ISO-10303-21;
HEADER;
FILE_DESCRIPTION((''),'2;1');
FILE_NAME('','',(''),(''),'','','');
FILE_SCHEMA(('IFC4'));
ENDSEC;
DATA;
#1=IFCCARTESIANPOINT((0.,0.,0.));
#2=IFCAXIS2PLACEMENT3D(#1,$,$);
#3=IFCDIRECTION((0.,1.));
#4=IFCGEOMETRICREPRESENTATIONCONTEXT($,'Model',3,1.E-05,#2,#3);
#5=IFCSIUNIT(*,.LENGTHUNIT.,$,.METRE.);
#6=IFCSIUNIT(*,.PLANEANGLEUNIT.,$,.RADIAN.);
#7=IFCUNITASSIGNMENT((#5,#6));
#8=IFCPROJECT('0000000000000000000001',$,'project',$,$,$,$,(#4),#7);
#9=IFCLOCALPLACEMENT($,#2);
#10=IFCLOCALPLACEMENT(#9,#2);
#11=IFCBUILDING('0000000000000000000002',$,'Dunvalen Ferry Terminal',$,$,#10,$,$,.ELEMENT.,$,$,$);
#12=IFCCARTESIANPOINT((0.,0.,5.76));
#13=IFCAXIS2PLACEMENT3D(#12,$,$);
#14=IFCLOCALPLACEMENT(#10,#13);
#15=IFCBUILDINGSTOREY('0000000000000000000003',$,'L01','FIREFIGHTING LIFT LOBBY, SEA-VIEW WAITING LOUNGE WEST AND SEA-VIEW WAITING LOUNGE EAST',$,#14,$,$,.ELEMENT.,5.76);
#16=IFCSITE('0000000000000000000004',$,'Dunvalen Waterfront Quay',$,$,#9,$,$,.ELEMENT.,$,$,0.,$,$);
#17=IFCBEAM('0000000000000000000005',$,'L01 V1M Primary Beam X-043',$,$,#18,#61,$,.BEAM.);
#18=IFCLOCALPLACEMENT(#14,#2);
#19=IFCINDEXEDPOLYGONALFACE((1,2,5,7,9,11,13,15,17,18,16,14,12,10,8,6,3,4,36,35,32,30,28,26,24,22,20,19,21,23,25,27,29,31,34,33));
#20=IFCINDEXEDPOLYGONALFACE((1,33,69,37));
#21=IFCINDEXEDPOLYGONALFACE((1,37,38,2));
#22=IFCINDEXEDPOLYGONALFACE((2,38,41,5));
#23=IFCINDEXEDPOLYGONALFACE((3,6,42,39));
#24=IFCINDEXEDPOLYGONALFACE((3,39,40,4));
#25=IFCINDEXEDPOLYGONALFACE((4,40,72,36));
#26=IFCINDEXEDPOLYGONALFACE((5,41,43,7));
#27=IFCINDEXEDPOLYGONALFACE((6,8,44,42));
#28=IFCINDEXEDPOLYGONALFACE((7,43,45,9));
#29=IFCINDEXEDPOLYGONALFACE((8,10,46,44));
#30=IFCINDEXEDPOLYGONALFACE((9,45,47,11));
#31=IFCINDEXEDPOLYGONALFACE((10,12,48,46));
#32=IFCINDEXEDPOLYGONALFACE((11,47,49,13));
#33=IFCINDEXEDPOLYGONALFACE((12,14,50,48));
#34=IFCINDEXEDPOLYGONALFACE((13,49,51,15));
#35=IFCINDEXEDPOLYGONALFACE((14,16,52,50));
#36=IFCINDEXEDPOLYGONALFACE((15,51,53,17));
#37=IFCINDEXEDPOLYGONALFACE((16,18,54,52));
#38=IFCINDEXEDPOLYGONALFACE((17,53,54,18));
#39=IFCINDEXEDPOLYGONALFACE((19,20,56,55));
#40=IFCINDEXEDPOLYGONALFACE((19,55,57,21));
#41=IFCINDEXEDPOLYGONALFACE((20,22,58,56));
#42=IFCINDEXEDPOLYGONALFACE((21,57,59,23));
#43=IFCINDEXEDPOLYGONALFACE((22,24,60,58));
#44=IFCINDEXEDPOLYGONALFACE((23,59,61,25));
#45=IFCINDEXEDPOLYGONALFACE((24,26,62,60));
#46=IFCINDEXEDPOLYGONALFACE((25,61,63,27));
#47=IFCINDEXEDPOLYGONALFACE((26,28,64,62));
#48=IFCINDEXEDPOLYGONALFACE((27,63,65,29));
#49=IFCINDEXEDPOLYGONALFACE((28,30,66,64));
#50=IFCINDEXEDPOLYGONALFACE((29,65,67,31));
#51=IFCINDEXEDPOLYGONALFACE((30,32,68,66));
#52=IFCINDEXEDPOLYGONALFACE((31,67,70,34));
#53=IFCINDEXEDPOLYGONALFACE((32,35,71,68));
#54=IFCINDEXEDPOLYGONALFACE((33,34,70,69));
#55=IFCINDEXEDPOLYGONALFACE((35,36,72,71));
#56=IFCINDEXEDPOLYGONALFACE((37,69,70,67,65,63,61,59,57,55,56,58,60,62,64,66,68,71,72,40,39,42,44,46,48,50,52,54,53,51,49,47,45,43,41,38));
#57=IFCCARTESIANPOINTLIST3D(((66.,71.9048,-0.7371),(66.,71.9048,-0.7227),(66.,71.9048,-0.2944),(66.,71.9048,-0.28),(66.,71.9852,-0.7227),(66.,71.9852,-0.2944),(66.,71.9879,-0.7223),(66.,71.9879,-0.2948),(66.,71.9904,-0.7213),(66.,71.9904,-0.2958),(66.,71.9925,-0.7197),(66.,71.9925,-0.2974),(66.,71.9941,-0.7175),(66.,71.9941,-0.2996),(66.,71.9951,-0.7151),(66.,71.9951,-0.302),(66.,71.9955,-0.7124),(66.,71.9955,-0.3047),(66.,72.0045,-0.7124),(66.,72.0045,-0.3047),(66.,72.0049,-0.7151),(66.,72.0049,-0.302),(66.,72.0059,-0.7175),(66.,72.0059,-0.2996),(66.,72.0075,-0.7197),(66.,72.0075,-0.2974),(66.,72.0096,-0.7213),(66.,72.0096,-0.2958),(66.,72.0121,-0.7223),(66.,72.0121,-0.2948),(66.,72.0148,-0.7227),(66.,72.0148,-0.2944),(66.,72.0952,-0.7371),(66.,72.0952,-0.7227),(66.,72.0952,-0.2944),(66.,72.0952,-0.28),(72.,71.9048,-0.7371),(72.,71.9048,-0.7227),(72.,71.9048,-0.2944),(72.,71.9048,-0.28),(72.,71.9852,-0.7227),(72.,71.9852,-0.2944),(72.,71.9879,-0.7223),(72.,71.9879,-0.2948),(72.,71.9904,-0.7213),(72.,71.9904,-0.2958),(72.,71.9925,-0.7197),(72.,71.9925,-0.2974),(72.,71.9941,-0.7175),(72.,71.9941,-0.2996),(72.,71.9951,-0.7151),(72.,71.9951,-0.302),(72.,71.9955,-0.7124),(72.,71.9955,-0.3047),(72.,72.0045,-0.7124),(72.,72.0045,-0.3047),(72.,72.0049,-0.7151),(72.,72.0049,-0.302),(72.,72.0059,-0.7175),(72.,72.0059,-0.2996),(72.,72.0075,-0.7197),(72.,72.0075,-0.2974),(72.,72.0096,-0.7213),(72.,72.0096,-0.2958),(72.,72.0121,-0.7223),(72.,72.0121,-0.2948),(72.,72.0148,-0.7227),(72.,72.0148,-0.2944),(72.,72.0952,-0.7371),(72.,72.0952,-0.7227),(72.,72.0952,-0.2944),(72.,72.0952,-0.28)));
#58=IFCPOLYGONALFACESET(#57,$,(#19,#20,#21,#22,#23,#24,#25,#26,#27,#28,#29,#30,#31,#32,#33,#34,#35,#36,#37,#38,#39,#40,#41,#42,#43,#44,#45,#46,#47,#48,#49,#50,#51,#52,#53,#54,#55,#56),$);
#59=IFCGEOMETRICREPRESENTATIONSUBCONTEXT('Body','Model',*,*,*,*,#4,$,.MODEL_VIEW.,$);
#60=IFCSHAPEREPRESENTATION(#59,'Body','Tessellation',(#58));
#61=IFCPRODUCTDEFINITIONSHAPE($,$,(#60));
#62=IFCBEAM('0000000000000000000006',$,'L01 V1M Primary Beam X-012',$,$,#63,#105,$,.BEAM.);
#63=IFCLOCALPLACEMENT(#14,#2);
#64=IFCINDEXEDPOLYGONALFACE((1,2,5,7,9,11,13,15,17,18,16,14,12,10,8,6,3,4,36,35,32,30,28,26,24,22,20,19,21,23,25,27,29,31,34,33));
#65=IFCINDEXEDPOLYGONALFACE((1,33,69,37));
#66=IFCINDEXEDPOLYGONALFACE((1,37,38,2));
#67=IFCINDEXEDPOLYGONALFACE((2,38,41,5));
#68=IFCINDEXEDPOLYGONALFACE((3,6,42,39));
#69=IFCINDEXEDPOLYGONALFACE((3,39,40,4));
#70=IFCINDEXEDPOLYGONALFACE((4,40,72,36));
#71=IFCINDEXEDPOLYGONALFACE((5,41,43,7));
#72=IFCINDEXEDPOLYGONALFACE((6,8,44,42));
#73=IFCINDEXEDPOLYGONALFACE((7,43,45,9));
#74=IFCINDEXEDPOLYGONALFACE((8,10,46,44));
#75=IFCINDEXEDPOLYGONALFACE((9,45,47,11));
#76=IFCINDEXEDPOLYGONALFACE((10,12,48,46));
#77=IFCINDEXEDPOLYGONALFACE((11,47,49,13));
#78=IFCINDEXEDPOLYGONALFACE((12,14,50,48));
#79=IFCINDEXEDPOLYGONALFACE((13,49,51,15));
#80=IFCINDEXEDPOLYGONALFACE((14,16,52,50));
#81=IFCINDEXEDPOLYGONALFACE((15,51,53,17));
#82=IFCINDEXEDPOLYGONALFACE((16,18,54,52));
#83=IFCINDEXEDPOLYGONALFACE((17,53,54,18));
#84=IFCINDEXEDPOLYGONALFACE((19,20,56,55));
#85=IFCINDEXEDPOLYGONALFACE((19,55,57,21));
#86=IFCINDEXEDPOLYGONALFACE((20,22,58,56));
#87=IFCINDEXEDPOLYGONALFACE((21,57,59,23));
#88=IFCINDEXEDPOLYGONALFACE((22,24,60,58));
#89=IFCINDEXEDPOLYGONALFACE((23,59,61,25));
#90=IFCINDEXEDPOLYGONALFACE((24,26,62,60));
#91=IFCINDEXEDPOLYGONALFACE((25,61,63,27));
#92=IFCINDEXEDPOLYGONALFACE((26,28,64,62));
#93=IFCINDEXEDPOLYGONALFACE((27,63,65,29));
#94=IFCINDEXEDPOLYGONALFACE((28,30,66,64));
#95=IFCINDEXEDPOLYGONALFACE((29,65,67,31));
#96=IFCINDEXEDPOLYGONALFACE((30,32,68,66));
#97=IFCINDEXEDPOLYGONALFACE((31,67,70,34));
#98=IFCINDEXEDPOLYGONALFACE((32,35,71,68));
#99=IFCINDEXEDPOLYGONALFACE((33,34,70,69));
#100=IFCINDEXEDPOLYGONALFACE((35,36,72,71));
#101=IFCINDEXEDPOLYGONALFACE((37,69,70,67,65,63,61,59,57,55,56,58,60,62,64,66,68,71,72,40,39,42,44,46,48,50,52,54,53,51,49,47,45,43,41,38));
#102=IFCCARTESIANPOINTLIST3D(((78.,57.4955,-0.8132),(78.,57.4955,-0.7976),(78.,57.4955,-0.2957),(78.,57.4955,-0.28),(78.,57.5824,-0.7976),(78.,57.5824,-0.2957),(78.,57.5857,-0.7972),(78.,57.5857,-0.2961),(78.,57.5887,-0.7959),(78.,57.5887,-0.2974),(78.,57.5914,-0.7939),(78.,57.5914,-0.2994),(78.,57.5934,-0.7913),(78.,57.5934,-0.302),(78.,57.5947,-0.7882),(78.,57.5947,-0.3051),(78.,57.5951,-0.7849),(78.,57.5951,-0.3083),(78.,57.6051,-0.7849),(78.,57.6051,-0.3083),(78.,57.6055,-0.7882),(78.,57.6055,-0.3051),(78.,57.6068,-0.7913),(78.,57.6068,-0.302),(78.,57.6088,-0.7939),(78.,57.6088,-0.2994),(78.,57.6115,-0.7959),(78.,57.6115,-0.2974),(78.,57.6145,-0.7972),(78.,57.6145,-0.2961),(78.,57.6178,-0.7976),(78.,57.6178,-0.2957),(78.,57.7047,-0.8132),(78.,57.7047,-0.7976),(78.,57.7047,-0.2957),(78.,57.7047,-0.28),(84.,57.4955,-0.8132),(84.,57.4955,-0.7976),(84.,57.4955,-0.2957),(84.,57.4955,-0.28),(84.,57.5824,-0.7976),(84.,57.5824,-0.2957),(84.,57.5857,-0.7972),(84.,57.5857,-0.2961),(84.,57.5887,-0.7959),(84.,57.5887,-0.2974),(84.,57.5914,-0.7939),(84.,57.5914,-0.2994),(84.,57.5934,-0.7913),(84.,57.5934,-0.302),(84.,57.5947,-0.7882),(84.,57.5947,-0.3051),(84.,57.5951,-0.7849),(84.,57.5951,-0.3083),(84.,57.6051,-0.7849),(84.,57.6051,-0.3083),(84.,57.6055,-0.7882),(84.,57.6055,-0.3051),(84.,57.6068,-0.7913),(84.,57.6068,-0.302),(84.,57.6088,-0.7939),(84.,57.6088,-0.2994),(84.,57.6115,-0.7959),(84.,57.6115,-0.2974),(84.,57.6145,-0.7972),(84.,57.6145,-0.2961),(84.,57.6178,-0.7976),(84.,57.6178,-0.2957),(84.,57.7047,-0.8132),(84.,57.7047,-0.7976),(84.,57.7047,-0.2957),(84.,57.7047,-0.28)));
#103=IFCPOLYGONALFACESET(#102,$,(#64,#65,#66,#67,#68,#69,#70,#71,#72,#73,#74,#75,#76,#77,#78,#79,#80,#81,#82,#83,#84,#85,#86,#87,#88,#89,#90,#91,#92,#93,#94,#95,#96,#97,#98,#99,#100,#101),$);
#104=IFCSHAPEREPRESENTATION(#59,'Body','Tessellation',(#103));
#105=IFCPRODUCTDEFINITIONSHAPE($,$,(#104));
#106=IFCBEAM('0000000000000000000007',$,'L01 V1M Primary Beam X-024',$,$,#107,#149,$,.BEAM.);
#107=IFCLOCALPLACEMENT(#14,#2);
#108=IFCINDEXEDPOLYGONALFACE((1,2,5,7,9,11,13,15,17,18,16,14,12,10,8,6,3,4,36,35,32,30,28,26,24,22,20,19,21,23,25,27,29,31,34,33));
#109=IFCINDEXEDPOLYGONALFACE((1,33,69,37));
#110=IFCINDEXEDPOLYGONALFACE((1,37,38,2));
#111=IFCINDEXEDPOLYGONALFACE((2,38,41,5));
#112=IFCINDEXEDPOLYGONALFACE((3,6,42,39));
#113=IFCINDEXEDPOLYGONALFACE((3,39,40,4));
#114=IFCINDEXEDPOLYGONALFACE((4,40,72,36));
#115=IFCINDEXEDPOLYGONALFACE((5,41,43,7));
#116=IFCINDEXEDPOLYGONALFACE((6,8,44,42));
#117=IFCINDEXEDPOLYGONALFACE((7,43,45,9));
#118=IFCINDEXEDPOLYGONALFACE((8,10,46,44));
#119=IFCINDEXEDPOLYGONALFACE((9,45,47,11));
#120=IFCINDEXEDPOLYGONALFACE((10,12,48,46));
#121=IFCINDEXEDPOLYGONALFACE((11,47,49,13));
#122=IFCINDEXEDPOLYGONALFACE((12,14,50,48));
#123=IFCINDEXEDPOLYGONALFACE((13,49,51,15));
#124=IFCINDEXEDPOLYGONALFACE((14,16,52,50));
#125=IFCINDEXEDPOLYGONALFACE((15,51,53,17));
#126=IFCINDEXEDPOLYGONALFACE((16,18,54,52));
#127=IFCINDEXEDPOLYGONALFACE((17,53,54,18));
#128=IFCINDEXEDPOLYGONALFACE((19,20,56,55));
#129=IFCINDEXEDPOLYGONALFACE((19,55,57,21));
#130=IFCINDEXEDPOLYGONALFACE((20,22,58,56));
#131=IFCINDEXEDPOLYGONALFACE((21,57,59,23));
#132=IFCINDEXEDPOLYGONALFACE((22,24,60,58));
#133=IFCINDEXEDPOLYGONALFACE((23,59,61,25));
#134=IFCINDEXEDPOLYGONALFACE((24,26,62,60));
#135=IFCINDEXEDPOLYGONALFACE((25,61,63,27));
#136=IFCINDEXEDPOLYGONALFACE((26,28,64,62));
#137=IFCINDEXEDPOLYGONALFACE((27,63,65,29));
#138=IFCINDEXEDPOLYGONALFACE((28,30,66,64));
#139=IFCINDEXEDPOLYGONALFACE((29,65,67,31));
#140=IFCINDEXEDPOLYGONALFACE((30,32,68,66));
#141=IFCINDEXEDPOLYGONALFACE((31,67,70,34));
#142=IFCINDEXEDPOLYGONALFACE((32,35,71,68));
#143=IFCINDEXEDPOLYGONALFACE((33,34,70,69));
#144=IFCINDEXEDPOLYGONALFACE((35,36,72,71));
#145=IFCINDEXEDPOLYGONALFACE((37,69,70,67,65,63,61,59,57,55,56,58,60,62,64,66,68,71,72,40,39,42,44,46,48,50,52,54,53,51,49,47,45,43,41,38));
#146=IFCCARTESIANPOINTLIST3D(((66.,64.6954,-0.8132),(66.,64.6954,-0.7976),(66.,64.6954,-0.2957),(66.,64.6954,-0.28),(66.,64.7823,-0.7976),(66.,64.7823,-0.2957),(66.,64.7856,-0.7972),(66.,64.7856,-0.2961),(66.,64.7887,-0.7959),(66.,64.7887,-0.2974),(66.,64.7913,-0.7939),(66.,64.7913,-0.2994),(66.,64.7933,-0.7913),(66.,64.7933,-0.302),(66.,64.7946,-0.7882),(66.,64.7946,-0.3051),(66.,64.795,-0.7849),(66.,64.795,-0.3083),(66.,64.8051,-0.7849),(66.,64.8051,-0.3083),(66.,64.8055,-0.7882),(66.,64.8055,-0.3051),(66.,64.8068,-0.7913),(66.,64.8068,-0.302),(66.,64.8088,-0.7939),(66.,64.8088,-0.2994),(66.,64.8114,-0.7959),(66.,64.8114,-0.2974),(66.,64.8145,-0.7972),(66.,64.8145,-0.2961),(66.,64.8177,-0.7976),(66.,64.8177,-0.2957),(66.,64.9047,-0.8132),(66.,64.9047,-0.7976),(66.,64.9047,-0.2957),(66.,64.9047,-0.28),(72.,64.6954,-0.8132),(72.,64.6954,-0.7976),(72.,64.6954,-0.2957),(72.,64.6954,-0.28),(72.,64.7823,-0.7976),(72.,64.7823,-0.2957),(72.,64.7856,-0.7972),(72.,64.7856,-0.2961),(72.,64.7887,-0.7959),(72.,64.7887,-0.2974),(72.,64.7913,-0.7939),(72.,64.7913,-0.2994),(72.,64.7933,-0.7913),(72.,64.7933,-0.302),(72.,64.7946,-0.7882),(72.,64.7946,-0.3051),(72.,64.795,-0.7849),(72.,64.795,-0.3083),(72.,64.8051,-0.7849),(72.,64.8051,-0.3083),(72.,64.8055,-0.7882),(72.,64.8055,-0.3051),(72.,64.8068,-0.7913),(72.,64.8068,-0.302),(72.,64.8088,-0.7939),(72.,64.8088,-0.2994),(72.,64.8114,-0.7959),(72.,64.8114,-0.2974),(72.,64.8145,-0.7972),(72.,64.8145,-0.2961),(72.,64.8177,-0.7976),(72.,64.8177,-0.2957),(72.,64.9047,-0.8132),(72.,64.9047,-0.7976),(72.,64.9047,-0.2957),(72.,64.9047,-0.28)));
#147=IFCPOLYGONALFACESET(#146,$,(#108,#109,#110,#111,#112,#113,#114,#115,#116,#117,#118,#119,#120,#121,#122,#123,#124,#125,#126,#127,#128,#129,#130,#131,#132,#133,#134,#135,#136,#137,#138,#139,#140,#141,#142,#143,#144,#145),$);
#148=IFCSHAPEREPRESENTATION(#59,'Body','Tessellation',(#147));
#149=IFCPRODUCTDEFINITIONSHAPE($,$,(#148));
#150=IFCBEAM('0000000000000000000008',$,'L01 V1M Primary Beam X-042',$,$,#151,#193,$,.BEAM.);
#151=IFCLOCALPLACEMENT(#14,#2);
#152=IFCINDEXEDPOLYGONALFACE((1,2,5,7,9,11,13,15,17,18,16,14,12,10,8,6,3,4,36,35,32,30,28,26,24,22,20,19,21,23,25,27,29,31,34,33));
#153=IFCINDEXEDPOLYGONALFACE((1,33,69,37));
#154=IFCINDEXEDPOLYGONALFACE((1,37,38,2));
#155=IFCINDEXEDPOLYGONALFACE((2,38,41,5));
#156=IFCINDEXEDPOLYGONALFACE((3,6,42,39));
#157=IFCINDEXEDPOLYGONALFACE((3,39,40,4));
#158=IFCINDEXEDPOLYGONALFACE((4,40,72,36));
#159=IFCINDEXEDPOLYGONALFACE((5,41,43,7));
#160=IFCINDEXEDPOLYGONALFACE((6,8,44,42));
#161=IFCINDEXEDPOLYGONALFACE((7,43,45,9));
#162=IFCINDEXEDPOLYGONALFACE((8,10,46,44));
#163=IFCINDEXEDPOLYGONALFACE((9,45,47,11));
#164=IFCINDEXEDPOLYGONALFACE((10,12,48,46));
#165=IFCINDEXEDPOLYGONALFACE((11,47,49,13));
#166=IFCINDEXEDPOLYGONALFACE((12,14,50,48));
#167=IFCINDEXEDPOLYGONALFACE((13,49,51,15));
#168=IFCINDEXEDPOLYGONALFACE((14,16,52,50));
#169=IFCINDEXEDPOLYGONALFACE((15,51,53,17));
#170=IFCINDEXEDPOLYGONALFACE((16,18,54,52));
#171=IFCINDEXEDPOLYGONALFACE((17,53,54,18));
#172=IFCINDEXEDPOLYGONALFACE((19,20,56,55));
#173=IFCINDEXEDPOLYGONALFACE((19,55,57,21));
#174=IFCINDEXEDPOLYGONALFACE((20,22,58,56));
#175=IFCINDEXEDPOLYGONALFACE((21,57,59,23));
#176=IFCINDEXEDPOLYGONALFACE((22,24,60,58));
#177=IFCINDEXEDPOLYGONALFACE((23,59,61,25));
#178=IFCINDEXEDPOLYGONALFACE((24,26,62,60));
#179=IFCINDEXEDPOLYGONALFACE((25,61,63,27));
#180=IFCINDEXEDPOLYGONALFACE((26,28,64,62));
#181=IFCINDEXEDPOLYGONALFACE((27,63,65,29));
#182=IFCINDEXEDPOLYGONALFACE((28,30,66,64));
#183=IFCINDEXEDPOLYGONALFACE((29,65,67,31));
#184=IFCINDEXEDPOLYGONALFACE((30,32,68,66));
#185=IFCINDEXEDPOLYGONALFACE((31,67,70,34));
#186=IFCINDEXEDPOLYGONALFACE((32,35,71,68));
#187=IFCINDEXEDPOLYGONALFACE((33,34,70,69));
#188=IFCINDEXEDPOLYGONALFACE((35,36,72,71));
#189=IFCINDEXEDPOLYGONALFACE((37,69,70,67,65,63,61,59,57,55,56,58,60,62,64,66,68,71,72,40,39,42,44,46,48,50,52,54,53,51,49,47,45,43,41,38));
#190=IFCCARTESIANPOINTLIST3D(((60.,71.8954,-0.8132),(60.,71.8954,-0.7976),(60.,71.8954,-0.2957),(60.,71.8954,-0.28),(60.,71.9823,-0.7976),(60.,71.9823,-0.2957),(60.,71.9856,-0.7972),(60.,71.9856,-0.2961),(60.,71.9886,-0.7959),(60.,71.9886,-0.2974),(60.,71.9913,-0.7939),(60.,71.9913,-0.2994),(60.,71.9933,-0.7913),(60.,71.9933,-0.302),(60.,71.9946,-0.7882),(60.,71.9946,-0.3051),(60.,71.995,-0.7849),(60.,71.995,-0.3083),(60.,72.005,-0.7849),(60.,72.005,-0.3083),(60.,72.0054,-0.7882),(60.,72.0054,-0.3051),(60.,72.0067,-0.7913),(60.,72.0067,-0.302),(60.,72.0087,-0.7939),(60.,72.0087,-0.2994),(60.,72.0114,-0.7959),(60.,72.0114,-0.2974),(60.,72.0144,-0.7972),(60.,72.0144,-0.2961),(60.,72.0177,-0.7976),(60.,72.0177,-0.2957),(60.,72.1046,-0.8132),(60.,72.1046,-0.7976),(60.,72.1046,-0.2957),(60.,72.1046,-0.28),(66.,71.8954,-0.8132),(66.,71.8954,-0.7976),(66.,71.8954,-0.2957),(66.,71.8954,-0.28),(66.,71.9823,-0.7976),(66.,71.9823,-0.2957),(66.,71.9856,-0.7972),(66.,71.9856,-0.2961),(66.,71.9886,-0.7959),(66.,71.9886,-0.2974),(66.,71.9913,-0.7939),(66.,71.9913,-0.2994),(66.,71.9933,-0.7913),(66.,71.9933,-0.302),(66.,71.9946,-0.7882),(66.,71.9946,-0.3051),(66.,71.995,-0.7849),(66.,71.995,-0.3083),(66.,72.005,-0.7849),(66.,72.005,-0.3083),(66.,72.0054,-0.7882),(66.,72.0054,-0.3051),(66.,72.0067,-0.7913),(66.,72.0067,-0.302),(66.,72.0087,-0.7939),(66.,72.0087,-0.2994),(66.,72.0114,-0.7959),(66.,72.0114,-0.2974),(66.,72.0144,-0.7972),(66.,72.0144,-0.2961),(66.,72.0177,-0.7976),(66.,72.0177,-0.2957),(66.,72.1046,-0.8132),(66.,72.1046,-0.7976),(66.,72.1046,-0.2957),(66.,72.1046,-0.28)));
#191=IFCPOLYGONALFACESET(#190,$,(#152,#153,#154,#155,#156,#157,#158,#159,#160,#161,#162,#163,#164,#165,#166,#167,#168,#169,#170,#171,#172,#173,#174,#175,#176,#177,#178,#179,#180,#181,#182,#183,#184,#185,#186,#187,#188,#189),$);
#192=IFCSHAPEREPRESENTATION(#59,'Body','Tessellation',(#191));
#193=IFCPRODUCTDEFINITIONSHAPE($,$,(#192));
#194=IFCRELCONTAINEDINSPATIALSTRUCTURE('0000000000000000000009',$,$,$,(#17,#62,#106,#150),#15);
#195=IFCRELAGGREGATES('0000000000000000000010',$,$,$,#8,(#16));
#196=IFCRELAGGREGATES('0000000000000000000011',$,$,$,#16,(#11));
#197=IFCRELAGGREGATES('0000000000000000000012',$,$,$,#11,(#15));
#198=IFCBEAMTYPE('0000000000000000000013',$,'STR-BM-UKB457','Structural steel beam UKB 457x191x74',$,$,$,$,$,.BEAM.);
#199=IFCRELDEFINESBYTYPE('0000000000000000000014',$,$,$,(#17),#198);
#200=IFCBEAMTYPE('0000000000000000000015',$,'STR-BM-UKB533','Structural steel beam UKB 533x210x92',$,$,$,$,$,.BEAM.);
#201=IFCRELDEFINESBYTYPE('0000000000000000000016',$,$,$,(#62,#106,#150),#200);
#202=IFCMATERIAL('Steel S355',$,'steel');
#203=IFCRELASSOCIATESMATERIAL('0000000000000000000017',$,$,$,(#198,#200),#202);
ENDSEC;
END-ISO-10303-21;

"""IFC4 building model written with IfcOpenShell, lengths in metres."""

from ifc_helpers import new_model, si_unit, direction, frame, origin, origin_2d, place, context, subcontext, project, spatial, i_section, extrude, material, material_profile, profile_set, type_object, element, save


model = new_model("IFC4")

# Units and contexts
model_context = context("Model", 3, precision=1e-05, world=origin(), true_north=direction((0.0, 1.0)))
body_context = subcontext(model_context, "Body", "Model", "MODEL_VIEW")
ifc_project = project(units=[si_unit("LENGTHUNIT", "METRE"), si_unit("PLANEANGLEUNIT", "RADIAN")], contexts=[model_context])

# Site, building, storey
site_placement = place(None, origin())
site = spatial("IfcSite", under=ifc_project, at=site_placement, Name="Dunvalen Waterfront Quay", CompositionType="ELEMENT", RefElevation=0.0)
building_placement = place(site_placement, origin())
building = spatial("IfcBuilding", under=site, at=building_placement, Name="Dunvalen Ferry Terminal", CompositionType="ELEMENT")
storey_placement = place(building_placement, frame((0.0, 0.0, 5.76)))
storey = spatial("IfcBuildingStorey", under=building, at=storey_placement, Name="L01", Description="FIREFIGHTING LIFT LOBBY, SEA-VIEW WAITING LOUNGE WEST AND SEA-VIEW WAITING LOUNGE EAST", CompositionType="ELEMENT", Elevation=5.76)

# Beams
ifc_material_1 = material(Name="Steel S355", Category="steel")
ifc_material_profile_1 = material_profile(ifc_material_1, i_section(OverallWidth=0.1904, OverallDepth=0.457, WebThickness=0.009, FlangeThickness=0.0144, FilletRadius=0.0103, at=origin_2d()), Name="Steel S355")
ifc_profile_set_1 = profile_set([ifc_material_profile_1], Name="Steel S355")
beam_type_1 = type_object("IfcBeamType", Name="STR-BM-UKB457", Description="Structural steel beam UKB 457x191x74", PredefinedType="BEAM", material=ifc_profile_set_1)
for number, where, z_axis, x_axis, name in (
    (1, (66.0, 72.0, -0.5085), (1.0, 0.0, 0.0), (0.0, 1.0, 0.0), "L01 V1M Primary Beam X-043"),
):
    element("IfcBeam", number, at=place(storey_placement, frame(where, z_axis=z_axis, x_axis=x_axis)), inside=storey, type_object=beam_type_1, Name=name, PredefinedType="BEAM", context=body_context, shape_type="SweptSolid", body=[
        extrude(i_section(OverallWidth=0.1904, OverallDepth=0.457, WebThickness=0.009, FlangeThickness=0.0144, FilletRadius=0.0103, at=origin_2d()), origin(), (0.0, 0.0, 1.0), 6.0),
    ])
ifc_material_profile_2 = material_profile(ifc_material_1, i_section(OverallWidth=0.2092, OverallDepth=0.5332, WebThickness=0.01, FlangeThickness=0.0156, FilletRadius=0.0127, at=origin_2d()), Name="Steel S355")
ifc_profile_set_2 = profile_set([ifc_material_profile_2], Name="Steel S355")
beam_type_2 = type_object("IfcBeamType", Name="STR-BM-UKB533", Description="Structural steel beam UKB 533x210x92", PredefinedType="BEAM", material=ifc_profile_set_2)
for number, where, z_axis, x_axis, name in (
    (2, (78.0, 57.6001, -0.5466), (1.0, 0.0, 0.0), (0.0, 1.0, 0.0), "L01 V1M Primary Beam X-012"),
    (3, (66.0, 64.8, -0.5466), (1.0, 0.0, 0.0), (0.0, 1.0, 0.0), "L01 V1M Primary Beam X-024"),
    (4, (60.0, 72.0, -0.5466), (1.0, 0.0, 0.0), (0.0, 1.0, 0.0), "L01 V1M Primary Beam X-042"),
):
    element("IfcBeam", number, at=place(storey_placement, frame(where, z_axis=z_axis, x_axis=x_axis)), inside=storey, type_object=beam_type_2, Name=name, PredefinedType="BEAM", context=body_context, shape_type="SweptSolid", body=[
        extrude(i_section(OverallWidth=0.2092, OverallDepth=0.5332, WebThickness=0.01, FlangeThickness=0.0156, FilletRadius=0.0127, at=origin_2d()), origin(), (0.0, 0.0, 1.0), 6.0),
    ])

save(model, "model.ifc")
